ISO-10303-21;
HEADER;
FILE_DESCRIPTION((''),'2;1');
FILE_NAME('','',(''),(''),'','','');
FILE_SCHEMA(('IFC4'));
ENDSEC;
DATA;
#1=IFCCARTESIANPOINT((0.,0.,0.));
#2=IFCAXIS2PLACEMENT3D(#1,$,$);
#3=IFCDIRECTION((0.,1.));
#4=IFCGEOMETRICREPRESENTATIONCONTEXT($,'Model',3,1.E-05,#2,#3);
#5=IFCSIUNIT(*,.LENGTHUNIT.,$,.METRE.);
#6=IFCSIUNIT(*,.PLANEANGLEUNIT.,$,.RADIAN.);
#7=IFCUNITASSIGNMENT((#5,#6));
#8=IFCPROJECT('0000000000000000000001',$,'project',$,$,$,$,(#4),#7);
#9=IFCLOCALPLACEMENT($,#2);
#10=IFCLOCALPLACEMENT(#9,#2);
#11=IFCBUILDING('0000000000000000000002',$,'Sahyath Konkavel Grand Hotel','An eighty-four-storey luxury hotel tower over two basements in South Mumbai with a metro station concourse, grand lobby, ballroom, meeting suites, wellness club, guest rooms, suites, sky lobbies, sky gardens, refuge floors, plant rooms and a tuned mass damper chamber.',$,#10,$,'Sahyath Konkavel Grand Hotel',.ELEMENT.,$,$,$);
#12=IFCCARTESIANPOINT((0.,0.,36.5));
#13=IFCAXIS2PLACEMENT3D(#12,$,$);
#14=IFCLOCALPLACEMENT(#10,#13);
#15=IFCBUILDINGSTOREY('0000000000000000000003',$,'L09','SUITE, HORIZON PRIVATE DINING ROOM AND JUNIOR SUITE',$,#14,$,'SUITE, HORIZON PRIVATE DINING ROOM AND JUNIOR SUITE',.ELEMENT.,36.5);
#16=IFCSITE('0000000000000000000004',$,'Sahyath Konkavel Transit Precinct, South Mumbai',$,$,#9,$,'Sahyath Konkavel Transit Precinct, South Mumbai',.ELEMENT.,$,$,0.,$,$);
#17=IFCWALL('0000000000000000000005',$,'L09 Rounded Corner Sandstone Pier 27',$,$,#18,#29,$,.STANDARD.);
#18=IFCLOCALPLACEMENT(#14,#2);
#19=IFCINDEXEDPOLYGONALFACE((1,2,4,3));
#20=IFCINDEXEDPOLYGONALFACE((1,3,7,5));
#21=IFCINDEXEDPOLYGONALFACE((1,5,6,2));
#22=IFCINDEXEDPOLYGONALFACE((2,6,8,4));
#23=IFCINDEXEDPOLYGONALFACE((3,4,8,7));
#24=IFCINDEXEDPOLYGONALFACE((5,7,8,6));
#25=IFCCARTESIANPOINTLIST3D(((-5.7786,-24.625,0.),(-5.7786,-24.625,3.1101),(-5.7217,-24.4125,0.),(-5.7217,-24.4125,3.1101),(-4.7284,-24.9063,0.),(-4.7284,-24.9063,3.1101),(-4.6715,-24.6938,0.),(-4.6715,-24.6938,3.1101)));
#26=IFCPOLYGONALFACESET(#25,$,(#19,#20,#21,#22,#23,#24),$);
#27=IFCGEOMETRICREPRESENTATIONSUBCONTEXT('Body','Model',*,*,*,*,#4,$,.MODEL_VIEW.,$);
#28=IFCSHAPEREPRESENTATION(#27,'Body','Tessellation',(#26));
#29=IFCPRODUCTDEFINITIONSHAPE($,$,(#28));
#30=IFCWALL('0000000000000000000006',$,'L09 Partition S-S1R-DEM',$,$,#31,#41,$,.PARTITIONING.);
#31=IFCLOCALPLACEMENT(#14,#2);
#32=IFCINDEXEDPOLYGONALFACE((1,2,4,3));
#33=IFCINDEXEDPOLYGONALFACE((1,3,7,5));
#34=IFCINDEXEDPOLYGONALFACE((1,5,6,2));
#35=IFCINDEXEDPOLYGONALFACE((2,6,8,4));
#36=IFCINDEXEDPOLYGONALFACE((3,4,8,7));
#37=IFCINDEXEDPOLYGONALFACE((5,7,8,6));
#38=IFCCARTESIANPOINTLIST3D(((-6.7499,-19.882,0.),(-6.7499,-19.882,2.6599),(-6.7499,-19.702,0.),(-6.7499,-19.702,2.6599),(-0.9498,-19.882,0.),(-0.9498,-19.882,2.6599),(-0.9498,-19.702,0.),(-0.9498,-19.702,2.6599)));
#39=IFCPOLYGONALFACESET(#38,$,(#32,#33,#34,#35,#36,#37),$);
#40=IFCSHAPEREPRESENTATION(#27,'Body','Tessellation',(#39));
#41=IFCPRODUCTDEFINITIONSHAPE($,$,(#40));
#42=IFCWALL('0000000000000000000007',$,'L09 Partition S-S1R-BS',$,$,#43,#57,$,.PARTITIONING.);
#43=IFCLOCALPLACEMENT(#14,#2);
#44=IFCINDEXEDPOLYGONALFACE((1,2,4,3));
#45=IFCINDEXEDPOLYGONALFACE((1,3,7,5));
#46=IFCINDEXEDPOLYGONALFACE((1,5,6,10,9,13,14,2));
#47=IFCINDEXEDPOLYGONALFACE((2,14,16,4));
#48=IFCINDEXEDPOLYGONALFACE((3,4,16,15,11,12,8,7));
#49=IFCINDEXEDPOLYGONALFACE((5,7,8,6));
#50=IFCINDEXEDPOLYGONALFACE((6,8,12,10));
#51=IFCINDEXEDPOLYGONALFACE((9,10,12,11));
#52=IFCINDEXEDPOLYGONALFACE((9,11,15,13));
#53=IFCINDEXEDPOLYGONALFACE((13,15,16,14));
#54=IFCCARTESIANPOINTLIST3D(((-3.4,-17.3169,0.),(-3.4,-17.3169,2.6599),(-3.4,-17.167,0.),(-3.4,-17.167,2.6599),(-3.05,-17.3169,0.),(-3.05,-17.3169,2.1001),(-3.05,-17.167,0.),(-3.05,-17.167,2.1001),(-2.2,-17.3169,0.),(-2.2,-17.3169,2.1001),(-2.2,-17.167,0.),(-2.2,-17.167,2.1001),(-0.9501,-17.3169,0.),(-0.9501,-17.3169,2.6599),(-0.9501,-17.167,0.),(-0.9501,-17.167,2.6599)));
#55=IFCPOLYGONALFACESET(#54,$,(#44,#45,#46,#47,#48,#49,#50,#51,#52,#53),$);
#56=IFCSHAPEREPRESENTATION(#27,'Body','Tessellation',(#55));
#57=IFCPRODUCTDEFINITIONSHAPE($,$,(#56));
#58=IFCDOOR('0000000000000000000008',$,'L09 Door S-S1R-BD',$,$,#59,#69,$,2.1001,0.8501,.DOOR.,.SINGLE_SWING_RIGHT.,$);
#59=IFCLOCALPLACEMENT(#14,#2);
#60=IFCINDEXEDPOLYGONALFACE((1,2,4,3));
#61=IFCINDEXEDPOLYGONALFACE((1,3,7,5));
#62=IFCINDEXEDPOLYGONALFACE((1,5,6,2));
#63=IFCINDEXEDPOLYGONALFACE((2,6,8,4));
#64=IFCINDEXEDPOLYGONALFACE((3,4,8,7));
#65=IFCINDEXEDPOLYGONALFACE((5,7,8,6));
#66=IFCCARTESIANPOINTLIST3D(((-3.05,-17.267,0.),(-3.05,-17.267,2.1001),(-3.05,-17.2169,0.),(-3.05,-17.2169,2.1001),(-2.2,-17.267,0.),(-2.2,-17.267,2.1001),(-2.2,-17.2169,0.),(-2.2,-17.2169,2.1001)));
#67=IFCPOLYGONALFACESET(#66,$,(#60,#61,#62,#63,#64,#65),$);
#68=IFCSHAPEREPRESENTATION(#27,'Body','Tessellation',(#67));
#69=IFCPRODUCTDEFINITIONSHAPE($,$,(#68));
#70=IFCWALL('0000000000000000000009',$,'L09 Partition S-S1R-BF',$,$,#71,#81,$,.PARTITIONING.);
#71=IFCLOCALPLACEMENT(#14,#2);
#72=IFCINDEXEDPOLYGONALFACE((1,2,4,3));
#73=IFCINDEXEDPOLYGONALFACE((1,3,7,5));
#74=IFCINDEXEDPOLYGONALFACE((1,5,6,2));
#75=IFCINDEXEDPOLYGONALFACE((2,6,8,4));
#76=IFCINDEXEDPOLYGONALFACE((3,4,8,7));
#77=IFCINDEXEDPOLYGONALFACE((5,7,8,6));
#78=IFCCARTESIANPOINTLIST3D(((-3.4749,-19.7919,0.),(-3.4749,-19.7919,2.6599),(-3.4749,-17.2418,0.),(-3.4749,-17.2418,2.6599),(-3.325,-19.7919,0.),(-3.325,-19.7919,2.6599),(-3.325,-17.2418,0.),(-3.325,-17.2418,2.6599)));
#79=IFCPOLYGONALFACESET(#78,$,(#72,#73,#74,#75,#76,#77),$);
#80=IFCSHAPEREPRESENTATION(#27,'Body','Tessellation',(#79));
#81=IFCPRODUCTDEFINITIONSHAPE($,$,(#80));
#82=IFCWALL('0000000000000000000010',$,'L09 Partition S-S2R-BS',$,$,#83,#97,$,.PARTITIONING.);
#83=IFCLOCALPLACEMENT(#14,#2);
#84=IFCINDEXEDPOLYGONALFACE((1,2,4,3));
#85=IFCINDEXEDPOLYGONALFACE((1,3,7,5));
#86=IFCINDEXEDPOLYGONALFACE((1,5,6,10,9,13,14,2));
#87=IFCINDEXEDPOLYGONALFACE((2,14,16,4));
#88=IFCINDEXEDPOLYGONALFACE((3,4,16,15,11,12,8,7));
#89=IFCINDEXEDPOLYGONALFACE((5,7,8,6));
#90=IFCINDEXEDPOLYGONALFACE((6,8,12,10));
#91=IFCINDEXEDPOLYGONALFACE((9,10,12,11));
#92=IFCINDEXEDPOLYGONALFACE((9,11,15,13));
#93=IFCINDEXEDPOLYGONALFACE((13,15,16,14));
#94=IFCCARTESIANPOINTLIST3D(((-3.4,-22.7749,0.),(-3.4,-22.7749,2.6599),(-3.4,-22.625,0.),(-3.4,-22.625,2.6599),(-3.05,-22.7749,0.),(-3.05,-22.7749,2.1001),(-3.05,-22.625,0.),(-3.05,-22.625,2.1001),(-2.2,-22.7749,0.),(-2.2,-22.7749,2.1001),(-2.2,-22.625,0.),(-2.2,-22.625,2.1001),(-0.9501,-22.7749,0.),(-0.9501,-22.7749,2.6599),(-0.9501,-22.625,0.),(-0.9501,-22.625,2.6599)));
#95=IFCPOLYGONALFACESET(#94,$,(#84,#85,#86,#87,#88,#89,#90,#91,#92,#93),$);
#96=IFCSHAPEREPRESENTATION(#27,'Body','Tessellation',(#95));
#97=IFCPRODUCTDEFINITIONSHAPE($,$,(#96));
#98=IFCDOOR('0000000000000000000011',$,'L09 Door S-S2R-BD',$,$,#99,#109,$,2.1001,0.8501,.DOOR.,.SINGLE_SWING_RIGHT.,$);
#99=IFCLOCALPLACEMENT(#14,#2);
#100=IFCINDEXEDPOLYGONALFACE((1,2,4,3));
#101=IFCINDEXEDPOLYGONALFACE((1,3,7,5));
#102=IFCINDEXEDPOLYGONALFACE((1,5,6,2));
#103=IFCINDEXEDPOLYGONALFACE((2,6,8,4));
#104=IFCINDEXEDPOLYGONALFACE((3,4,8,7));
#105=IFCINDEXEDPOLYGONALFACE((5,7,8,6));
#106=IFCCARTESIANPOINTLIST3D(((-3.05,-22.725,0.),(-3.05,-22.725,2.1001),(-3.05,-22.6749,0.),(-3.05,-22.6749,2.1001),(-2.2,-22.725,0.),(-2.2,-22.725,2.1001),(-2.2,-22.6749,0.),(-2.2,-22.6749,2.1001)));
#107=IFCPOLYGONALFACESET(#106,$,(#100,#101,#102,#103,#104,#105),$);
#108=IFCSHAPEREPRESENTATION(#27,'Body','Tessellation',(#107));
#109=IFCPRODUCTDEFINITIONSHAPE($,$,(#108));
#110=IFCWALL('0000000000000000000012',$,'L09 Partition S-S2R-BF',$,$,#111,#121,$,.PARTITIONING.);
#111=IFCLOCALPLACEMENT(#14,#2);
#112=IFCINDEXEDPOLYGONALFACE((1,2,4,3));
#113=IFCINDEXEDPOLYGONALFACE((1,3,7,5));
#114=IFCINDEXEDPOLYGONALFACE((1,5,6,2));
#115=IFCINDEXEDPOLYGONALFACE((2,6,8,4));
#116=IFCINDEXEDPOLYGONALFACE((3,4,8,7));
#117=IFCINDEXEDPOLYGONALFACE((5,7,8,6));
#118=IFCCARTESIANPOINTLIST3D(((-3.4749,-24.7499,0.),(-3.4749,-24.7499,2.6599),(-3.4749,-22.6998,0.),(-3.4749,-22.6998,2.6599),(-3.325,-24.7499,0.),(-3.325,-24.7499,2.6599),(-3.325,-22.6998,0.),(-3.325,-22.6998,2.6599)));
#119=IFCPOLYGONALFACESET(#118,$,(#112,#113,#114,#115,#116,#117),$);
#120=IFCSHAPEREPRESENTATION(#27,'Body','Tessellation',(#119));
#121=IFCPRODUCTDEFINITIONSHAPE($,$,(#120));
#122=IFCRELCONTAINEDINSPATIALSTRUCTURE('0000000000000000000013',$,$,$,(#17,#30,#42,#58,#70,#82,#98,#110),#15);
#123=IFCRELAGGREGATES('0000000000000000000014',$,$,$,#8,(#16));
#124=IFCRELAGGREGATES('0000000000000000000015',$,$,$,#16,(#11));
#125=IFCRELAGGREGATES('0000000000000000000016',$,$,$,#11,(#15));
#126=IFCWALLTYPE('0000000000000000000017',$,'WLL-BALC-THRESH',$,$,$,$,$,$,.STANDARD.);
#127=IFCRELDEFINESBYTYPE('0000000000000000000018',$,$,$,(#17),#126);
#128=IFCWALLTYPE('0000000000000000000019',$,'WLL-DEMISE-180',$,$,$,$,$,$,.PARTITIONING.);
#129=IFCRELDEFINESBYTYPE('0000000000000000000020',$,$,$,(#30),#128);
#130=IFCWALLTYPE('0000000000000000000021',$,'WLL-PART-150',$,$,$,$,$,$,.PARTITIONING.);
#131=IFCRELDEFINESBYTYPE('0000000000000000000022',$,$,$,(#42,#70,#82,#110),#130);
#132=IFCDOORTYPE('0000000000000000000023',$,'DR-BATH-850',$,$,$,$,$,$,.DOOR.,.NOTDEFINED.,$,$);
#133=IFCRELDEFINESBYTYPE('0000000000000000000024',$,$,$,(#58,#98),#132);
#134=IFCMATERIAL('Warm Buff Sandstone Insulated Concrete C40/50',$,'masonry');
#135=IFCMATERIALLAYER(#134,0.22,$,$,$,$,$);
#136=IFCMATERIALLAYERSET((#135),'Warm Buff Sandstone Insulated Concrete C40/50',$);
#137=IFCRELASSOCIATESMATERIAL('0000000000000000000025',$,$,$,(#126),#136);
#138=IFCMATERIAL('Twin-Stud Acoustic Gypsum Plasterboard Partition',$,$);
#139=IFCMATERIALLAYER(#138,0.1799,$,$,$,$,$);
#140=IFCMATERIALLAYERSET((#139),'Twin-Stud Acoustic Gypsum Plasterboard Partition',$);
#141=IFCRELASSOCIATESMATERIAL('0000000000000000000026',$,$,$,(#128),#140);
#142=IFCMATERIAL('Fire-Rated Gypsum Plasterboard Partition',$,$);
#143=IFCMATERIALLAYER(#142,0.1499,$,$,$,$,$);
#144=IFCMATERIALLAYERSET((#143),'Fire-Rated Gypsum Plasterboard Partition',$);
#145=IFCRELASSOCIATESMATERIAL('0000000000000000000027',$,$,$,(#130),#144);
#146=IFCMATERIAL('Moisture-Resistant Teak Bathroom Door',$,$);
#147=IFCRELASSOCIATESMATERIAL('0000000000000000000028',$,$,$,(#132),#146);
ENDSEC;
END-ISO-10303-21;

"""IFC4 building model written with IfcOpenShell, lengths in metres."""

from ifc_helpers import new_model, si_unit, direction, frame, frame_2d, origin, origin_2d, place, context, subcontext, project, spatial, rectangle, extrude, source, transform, mapped, material, layer, layer_set, type_object, element, fill, save


model = new_model("IFC4")

# Units and contexts
model_context = context("Model", 3, precision=1e-05, world=origin(), true_north=direction((0.0, 1.0)))
body_context = subcontext(model_context, "Body", "Model", "MODEL_VIEW")
ifc_project = project(units=[si_unit("LENGTHUNIT", "METRE"), si_unit("PLANEANGLEUNIT", "RADIAN")], contexts=[model_context])

# Site, building, storey
site_placement = place(None, origin())
site = spatial("IfcSite", under=ifc_project, at=site_placement, Name="Sahyath Konkavel Transit Precinct, South Mumbai", LongName="Sahyath Konkavel Transit Precinct, South Mumbai", CompositionType="ELEMENT", RefElevation=0.0)
building_placement = place(site_placement, origin())
building = spatial("IfcBuilding", under=site, at=building_placement, Name="Sahyath Konkavel Grand Hotel", Description="An eighty-four-storey luxury hotel tower over two basements in South Mumbai with a metro station concourse, grand lobby, ballroom, meeting suites, wellness club, guest rooms, suites, sky lobbies, sky gardens, refuge floors, plant rooms and a tuned mass damper chamber.", LongName="Sahyath Konkavel Grand Hotel", CompositionType="ELEMENT")
storey_placement = place(building_placement, frame((0.0, 0.0, 36.5)))
storey = spatial("IfcBuildingStorey", under=building, at=storey_placement, Name="L09", Description="SUITE, HORIZON PRIVATE DINING ROOM AND JUNIOR SUITE", LongName="SUITE, HORIZON PRIVATE DINING ROOM AND JUNIOR SUITE", CompositionType="ELEMENT", Elevation=36.5)

# Walls
ifc_material_1 = material(Name="Warm Buff Sandstone Insulated Concrete C40/50", Category="masonry")
ifc_layer_1 = layer(ifc_material_1, 0.22)
ifc_layer_set_1 = layer_set([ifc_layer_1], Name="Warm Buff Sandstone Insulated Concrete C40/50")
wall_type_1 = type_object("IfcWallType", Name="WLL-BALC-THRESH", PredefinedType="STANDARD", material=ifc_layer_set_1)
for number, where, z_axis, x_axis, name in (
    (1, (-5.75, -24.5188, 0.0), (0.0, 0.0, 1.0), (0.965951, -0.258725, 0.0), "L09 Rounded Corner Sandstone Pier 27"),
):
    element("IfcWall", number, at=place(storey_placement, frame(where, z_axis=z_axis, x_axis=x_axis)), inside=storey, type_object=wall_type_1, Name=name, PredefinedType="STANDARD", context=body_context, shape_type="SweptSolid", body=[
        extrude(rectangle(XDim=1.0872, YDim=0.22, at=frame_2d((0.5435, 0.0))), origin(), (0.0, 0.0, 1.0), 3.1101),
    ])
ifc_material_2 = material(Name="Twin-Stud Acoustic Gypsum Plasterboard Partition")
ifc_layer_2 = layer(ifc_material_2, 0.1799)
ifc_layer_set_2 = layer_set([ifc_layer_2], Name="Twin-Stud Acoustic Gypsum Plasterboard Partition")
wall_type_2 = type_object("IfcWallType", Name="WLL-DEMISE-180", PredefinedType="PARTITIONING", material=ifc_layer_set_2)
wall_1_placement = place(storey_placement, frame((-0.95, -19.792, 0.0), z_axis=(0.0, 0.0, 1.0), x_axis=(-1.0, 0.0, 0.0)))
element("IfcWall", 2, at=wall_1_placement, inside=storey, type_object=wall_type_2, Name="L09 Partition S-S1R-DEM", PredefinedType="PARTITIONING", context=body_context, shape_type="SweptSolid", body=[
    extrude(rectangle(XDim=5.8, YDim=0.1799, at=frame_2d((2.8999, 0.0))), origin(), (0.0, 0.0, 1.0), 2.6599),
])

# Wall, opening, door
ifc_material_3 = material(Name="Fire-Rated Gypsum Plasterboard Partition")
ifc_layer_3 = layer(ifc_material_3, 0.1499)
ifc_layer_set_3 = layer_set([ifc_layer_3], Name="Fire-Rated Gypsum Plasterboard Partition")
wall_type_3 = type_object("IfcWallType", Name="WLL-PART-150", PredefinedType="PARTITIONING", material=ifc_layer_set_3)
wall_2_placement = place(storey_placement, frame((-0.95, -17.2419, 0.0), z_axis=(0.0, 0.0, 1.0), x_axis=(-1.0, 0.0, 0.0)))
wall_2 = element("IfcWall", 3, at=wall_2_placement, inside=storey, type_object=wall_type_3, Name="L09 Partition S-S1R-BS", PredefinedType="PARTITIONING", context=body_context, shape_type="SweptSolid", body=[
    extrude(rectangle(XDim=2.45, YDim=0.1499, at=frame_2d((1.2251, 0.0))), origin(), (0.0, 0.0, 1.0), 2.6599),
])
opening_1_placement = place(wall_2_placement, frame((1.25, 0.0, 0.0)))
opening_1 = element("IfcOpeningElement", 4, at=opening_1_placement, cuts=wall_2, PredefinedType="OPENING", context=body_context, shape_type="SweptSolid", body=[
    extrude(rectangle(XDim=0.8501, YDim=2.1001, at=frame_2d((0.425, 1.05))), frame((0.0, 0.085, 0.0), z_axis=(0.0, -1.0, 0.0), x_axis=(1.0, 0.0, 0.0)), (0.0, 0.0, 1.0), 0.1699),
])
ifc_material_4 = material(Name="Moisture-Resistant Teak Bathroom Door")
door_type = type_object("IfcDoorType", Name="DR-BATH-850", OperationType="NOTDEFINED", PredefinedType="DOOR", material=ifc_material_4)
shared_shape_1 = source(origin(), body_context, "Body", "SweptSolid", [
    extrude(rectangle(XDim=0.8501, YDim=0.05, at=origin_2d()), origin(), (0.0, 0.0, 1.0), 2.1001),
])
door_1_placement = place(opening_1_placement, frame((0.425, 0.0, 0.0)))
door_1 = element("IfcDoor", 5, at=door_1_placement, inside=storey, type_object=door_type, Name="L09 Door S-S1R-BD", OperationType="SINGLE_SWING_RIGHT", OverallHeight=2.1001, OverallWidth=0.8501, PredefinedType="DOOR", context=body_context, shape_type="MappedRepresentation", body=[
    mapped(shared_shape_1, transform((0.0, 0.0, 0.0), scale=1.0)),
])
fill(opening_1, door_1)

# Wall
wall_3_placement = place(storey_placement, frame((-3.3999, -17.2419, 0.0), z_axis=(0.0, 0.0, 1.0), x_axis=(0.0, -1.0, 0.0)))
element("IfcWall", 6, at=wall_3_placement, inside=storey, type_object=wall_type_3, Name="L09 Partition S-S1R-BF", PredefinedType="PARTITIONING", context=body_context, shape_type="SweptSolid", body=[
    extrude(rectangle(XDim=2.55, YDim=0.1499, at=frame_2d((1.2749, 0.0))), origin(), (0.0, 0.0, 1.0), 2.6599),
])

# Wall, opening, door
wall_4_placement = place(storey_placement, frame((-0.95, -22.7, 0.0), z_axis=(0.0, 0.0, 1.0), x_axis=(-1.0, 0.0, 0.0)))
wall_4 = element("IfcWall", 7, at=wall_4_placement, inside=storey, type_object=wall_type_3, Name="L09 Partition S-S2R-BS", PredefinedType="PARTITIONING", context=body_context, shape_type="SweptSolid", body=[
    extrude(rectangle(XDim=2.45, YDim=0.1499, at=frame_2d((1.2251, 0.0))), origin(), (0.0, 0.0, 1.0), 2.6599),
])
opening_2_placement = place(wall_4_placement, frame((1.25, 0.0, 0.0)))
opening_2 = element("IfcOpeningElement", 8, at=opening_2_placement, cuts=wall_4, PredefinedType="OPENING", context=body_context, shape_type="SweptSolid", body=[
    extrude(rectangle(XDim=0.8501, YDim=2.1001, at=frame_2d((0.425, 1.05))), frame((0.0, 0.085, 0.0), z_axis=(0.0, -1.0, 0.0), x_axis=(1.0, 0.0, 0.0)), (0.0, 0.0, 1.0), 0.1699),
])
door_2_placement = place(opening_2_placement, frame((0.425, 0.0, 0.0)))
door_2 = element("IfcDoor", 9, at=door_2_placement, inside=storey, type_object=door_type, Name="L09 Door S-S2R-BD", OperationType="SINGLE_SWING_RIGHT", OverallHeight=2.1001, OverallWidth=0.8501, PredefinedType="DOOR", context=body_context, shape_type="MappedRepresentation", body=[
    mapped(shared_shape_1, transform((0.0, 0.0, 0.0), scale=1.0)),
])
fill(opening_2, door_2)

# Wall
wall_5_placement = place(storey_placement, frame((-3.3999, -22.7, 0.0), z_axis=(0.0, 0.0, 1.0), x_axis=(0.0, -1.0, 0.0)))
element("IfcWall", 10, at=wall_5_placement, inside=storey, type_object=wall_type_3, Name="L09 Partition S-S2R-BF", PredefinedType="PARTITIONING", context=body_context, shape_type="SweptSolid", body=[
    extrude(rectangle(XDim=2.05, YDim=0.1499, at=frame_2d((1.0249, 0.0))), origin(), (0.0, 0.0, 1.0), 2.6599),
])

save(model, "model.ifc")
